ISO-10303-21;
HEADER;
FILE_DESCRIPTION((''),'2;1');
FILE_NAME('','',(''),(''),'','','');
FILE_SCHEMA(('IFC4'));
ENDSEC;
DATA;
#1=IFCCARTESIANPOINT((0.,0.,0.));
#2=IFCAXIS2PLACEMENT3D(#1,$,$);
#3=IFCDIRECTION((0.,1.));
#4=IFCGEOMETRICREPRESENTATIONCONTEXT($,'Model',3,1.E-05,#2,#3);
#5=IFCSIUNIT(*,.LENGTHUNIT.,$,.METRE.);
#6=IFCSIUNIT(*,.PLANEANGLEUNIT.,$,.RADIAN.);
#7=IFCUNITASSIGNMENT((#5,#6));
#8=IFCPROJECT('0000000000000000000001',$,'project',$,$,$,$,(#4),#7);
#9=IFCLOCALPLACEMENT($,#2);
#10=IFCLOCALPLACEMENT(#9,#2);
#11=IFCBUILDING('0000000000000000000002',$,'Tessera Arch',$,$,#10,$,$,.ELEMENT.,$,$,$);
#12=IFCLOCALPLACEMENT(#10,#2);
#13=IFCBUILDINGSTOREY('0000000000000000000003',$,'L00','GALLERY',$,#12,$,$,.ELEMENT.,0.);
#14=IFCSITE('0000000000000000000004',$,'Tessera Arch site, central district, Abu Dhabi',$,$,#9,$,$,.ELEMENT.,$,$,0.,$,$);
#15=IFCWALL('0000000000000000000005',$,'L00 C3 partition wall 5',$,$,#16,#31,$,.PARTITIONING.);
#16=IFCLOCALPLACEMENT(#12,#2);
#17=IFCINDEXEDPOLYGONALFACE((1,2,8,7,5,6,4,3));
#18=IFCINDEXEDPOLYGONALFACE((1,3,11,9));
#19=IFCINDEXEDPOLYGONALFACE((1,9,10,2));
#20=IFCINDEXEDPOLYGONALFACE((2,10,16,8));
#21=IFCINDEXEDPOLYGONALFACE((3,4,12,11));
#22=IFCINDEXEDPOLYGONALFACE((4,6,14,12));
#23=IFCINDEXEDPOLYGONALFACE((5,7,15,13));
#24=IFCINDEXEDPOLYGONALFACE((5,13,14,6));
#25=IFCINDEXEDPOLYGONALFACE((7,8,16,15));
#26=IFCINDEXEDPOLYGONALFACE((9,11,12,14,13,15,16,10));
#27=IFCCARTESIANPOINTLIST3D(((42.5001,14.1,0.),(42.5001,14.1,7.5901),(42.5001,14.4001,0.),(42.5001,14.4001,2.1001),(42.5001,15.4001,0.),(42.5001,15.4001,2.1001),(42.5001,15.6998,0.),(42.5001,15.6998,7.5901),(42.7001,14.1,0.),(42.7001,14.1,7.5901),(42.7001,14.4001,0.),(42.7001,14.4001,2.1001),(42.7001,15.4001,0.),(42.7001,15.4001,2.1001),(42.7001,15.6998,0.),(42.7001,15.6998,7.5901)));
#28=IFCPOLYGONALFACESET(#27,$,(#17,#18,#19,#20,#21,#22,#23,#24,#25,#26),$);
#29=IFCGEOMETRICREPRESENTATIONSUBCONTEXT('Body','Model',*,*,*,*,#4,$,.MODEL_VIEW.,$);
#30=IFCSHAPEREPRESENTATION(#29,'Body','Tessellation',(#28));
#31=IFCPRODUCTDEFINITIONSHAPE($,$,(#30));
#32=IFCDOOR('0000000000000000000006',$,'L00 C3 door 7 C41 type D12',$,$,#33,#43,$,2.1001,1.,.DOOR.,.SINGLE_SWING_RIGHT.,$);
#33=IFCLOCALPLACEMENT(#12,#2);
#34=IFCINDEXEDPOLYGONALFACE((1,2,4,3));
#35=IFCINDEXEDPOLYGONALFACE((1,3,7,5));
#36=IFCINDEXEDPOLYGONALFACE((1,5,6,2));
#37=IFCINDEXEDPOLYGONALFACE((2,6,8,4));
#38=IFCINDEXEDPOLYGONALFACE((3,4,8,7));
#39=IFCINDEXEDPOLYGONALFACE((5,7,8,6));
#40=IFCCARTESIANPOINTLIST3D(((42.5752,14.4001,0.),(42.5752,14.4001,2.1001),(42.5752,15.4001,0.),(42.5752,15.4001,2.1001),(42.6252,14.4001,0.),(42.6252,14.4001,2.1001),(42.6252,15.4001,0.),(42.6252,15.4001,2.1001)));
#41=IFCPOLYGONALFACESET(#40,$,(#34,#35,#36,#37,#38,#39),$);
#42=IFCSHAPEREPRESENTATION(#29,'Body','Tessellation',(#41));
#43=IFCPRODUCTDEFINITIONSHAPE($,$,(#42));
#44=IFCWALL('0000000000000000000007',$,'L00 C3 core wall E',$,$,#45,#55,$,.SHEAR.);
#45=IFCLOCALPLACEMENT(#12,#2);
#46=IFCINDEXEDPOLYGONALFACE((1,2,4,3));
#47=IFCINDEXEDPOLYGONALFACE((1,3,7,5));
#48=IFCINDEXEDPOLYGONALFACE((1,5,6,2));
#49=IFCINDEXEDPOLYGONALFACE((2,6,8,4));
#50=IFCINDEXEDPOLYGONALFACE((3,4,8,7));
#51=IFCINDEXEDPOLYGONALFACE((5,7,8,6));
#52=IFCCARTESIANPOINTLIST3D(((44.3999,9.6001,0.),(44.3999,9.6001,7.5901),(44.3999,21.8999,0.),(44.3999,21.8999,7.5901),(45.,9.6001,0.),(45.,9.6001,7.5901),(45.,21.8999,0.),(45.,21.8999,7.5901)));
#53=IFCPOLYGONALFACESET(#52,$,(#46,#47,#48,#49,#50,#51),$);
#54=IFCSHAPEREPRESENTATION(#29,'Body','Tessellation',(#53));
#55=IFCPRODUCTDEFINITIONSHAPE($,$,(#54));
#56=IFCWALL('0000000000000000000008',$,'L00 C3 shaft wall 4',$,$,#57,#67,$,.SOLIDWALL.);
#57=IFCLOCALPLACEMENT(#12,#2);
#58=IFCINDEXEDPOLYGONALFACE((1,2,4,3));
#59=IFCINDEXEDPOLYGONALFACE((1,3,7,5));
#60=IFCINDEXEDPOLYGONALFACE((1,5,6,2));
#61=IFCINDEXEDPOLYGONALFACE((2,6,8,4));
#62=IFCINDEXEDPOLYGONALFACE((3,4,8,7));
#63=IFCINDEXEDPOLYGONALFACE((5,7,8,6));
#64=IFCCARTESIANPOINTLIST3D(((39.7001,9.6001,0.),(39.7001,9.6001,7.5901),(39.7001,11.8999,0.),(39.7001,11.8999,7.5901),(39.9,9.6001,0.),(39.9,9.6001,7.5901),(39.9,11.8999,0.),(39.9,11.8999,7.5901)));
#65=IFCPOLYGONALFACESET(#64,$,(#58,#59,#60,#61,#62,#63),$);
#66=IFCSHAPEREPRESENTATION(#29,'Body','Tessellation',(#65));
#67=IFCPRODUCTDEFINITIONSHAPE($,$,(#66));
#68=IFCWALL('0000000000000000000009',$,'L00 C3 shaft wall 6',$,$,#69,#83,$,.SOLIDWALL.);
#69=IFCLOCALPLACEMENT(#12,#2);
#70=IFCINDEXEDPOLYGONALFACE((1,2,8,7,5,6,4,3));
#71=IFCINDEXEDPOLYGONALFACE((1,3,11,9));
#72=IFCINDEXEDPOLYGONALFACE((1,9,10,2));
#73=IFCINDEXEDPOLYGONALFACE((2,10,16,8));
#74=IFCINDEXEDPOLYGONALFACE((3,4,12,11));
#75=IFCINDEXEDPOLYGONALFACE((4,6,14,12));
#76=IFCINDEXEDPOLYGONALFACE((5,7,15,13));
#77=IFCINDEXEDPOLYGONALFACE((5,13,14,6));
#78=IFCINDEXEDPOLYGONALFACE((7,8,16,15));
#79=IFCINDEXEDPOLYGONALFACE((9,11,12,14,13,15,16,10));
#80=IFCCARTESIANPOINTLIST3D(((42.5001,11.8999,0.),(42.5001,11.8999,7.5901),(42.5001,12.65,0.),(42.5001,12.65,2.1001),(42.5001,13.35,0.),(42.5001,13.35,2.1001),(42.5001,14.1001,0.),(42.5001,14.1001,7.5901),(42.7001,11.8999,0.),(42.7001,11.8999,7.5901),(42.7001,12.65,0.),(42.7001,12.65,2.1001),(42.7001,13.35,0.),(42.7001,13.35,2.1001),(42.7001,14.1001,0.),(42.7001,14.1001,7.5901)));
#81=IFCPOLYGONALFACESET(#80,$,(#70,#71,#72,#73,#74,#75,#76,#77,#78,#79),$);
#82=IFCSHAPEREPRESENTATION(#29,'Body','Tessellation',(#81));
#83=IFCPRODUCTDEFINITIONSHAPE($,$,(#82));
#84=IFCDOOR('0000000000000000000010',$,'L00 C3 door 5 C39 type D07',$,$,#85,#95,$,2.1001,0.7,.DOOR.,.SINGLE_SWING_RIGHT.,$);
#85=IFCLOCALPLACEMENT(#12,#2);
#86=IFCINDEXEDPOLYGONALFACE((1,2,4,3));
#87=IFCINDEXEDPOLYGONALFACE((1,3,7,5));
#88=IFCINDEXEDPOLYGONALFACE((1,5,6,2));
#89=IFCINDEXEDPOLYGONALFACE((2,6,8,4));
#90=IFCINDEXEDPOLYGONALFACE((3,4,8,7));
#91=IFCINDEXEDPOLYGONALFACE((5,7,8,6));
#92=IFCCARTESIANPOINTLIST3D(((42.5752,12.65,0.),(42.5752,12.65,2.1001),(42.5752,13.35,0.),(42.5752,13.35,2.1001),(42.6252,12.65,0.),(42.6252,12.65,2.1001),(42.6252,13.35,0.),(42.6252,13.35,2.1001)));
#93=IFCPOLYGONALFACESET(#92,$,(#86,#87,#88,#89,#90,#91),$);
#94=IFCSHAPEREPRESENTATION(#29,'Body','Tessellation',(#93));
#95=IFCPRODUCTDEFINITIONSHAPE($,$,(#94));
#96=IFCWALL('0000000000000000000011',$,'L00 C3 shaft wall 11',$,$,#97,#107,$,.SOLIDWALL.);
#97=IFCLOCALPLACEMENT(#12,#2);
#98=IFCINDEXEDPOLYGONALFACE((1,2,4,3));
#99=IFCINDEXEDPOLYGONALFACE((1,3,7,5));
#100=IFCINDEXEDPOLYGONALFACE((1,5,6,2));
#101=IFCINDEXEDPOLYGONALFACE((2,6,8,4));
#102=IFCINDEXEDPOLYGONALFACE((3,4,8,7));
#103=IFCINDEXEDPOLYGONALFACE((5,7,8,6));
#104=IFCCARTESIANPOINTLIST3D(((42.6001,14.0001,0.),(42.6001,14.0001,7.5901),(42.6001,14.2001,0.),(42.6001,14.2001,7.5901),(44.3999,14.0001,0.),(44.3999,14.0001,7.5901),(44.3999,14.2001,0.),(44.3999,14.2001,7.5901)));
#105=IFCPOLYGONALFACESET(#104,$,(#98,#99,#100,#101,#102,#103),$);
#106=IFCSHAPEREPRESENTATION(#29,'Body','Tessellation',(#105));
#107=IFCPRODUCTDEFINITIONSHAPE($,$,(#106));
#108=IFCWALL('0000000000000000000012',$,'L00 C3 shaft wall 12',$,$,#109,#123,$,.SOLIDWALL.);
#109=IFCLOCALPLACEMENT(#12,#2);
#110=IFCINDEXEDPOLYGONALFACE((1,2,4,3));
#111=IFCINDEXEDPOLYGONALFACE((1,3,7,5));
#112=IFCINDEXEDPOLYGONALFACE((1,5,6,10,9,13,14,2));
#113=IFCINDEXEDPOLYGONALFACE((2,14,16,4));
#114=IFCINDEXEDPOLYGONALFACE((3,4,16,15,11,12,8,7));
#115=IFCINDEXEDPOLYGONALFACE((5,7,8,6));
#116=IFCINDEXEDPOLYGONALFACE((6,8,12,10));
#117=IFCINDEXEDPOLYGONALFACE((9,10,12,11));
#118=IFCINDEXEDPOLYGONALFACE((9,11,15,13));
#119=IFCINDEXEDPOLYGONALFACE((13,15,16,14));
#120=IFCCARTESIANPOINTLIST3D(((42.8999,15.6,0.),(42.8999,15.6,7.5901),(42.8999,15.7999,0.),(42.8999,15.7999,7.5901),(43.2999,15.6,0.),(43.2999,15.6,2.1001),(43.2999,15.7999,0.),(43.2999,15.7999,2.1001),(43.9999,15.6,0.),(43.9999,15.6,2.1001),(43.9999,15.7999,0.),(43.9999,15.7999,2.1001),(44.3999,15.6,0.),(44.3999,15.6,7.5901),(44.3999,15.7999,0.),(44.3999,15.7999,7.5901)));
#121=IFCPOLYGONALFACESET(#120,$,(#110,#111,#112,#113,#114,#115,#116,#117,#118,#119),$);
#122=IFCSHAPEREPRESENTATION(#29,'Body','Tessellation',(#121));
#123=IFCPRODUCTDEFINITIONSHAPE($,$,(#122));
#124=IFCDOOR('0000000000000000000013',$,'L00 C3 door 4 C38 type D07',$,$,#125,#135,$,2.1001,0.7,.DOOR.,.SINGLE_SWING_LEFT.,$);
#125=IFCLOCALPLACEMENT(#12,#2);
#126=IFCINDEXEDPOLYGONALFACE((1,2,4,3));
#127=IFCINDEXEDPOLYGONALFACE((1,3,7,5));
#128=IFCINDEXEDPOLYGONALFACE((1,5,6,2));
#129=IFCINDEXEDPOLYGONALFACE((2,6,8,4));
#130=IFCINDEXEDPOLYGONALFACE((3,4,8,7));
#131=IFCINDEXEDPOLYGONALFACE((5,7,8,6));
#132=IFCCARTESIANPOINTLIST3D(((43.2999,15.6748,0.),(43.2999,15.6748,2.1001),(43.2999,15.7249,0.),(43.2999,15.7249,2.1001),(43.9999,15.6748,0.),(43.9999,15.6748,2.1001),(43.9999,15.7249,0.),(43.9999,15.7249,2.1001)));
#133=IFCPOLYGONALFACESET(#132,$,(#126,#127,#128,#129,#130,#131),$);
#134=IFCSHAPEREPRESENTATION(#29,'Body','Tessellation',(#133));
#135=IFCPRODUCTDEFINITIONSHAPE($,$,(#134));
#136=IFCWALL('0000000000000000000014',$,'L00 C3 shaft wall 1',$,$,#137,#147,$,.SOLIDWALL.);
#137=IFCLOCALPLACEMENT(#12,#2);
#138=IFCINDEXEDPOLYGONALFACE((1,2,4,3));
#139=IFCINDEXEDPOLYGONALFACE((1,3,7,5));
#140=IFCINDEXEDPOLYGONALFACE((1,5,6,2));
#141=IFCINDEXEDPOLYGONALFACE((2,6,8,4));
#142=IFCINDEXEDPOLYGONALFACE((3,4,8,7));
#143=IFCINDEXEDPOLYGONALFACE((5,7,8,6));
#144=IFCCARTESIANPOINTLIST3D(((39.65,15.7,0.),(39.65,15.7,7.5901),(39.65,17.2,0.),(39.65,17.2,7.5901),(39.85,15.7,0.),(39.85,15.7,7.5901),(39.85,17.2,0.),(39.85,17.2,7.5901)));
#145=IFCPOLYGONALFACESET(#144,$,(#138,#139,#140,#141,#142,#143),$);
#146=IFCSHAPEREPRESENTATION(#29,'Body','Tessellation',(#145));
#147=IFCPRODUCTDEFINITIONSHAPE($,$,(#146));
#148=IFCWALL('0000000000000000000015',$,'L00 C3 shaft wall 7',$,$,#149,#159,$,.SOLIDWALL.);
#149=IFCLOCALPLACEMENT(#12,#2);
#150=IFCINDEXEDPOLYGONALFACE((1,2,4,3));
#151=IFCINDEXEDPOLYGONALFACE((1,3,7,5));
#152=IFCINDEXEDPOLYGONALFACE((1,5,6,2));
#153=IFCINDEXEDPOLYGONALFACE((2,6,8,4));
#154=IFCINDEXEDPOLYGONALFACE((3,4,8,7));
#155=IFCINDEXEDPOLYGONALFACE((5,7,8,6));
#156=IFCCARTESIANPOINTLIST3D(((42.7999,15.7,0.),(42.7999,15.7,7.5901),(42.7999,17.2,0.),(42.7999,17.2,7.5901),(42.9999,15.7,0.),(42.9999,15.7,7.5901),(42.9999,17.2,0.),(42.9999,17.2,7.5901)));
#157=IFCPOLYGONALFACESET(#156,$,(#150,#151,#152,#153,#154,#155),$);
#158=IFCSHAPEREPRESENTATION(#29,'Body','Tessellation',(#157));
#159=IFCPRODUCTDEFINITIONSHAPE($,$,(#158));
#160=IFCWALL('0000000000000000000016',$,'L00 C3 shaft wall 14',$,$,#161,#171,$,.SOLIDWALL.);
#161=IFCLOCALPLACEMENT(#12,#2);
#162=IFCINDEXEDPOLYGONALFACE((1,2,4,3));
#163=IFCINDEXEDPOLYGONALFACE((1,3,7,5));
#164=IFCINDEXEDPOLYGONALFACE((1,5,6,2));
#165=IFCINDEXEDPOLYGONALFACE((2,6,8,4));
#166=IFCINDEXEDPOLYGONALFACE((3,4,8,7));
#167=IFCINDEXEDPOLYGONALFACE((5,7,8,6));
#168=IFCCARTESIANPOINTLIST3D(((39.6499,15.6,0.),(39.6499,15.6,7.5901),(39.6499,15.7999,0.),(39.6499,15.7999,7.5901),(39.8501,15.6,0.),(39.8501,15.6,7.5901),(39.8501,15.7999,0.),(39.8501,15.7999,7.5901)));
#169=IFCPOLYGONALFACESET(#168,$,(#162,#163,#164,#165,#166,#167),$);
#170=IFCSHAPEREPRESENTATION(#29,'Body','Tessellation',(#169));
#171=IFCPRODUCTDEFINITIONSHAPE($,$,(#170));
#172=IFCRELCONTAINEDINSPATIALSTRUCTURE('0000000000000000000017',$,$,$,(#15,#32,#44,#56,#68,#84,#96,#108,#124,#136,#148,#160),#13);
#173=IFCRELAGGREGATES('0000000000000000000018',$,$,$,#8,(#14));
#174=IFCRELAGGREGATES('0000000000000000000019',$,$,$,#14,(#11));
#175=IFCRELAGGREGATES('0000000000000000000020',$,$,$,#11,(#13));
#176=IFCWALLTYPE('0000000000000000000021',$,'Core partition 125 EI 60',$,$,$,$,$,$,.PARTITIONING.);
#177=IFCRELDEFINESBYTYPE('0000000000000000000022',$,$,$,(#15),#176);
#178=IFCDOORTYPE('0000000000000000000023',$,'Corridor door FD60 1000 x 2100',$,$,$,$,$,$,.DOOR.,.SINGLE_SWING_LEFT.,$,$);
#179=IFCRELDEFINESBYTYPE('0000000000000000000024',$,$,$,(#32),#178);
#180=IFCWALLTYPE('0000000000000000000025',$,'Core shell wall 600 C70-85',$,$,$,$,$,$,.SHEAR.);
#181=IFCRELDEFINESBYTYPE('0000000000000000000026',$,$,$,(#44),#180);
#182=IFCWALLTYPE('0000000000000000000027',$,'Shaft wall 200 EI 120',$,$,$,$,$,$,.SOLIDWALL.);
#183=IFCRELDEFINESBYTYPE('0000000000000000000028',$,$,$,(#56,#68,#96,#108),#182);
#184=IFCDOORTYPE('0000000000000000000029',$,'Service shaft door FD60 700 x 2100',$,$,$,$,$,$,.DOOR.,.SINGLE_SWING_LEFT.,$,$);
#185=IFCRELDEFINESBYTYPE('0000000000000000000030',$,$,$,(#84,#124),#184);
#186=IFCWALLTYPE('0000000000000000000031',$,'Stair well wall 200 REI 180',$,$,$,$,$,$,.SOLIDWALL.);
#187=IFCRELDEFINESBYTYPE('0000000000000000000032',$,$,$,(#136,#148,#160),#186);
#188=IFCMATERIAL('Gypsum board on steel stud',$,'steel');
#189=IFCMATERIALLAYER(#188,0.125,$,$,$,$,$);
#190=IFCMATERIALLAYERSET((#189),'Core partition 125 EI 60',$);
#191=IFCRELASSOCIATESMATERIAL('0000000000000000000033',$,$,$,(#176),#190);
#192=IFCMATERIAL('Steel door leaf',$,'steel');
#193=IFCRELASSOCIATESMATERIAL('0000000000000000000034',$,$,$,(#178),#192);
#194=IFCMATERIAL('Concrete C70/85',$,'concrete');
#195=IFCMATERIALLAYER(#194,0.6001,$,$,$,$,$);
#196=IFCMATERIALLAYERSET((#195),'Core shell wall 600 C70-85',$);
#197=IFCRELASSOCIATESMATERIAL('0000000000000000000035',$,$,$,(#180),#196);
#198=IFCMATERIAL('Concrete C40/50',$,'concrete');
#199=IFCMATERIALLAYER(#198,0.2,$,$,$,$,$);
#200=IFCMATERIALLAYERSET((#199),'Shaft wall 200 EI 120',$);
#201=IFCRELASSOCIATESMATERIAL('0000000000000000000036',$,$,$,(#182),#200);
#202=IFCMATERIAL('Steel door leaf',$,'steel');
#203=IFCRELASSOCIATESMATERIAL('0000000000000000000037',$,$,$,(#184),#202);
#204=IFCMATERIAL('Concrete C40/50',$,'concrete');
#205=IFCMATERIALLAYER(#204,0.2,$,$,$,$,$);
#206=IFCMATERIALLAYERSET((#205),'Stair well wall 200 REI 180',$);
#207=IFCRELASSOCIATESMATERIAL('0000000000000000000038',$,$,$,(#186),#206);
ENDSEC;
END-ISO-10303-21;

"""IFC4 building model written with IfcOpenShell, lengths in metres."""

from ifc_helpers import new_model, si_unit, direction, frame, frame_2d, origin, place, context, subcontext, project, spatial, rectangle, extrude, material, layer, layer_set, type_object, element, fill, save


model = new_model("IFC4")

# Units and contexts
model_context = context("Model", 3, precision=1e-05, world=origin(), true_north=direction((0.0, 1.0)))
body_context = subcontext(model_context, "Body", "Model", "MODEL_VIEW")
ifc_project = project(units=[si_unit("LENGTHUNIT", "METRE"), si_unit("PLANEANGLEUNIT", "RADIAN")], contexts=[model_context])

# Site, building, storey
site_placement = place(None, origin())
site = spatial("IfcSite", under=ifc_project, at=site_placement, Name="Tessera Arch site, central district, Abu Dhabi", CompositionType="ELEMENT", RefElevation=0.0)
building_placement = place(site_placement, origin())
building = spatial("IfcBuilding", under=site, at=building_placement, Name="Tessera Arch", CompositionType="ELEMENT")
storey_placement = place(building_placement, origin())
storey = spatial("IfcBuildingStorey", under=building, at=storey_placement, Name="L00", Description="GALLERY", CompositionType="ELEMENT", Elevation=0.0)

# Wall, opening, door
ifc_material_1 = material(Name="Gypsum board on steel stud", Category="steel")
ifc_layer_1 = layer(ifc_material_1, 0.125)
ifc_layer_set_1 = layer_set([ifc_layer_1], Name="Core partition 125 EI 60")
wall_type_1 = type_object("IfcWallType", Name="Core partition 125 EI 60", PredefinedType="PARTITIONING", material=ifc_layer_set_1)
wall_1_placement = place(storey_placement, frame((42.6001, 14.1001, 0.0), z_axis=(0.0, 0.0, 1.0), x_axis=(0.0, 1.0, 0.0)))
wall_1 = element("IfcWall", 1, at=wall_1_placement, inside=storey, type_object=wall_type_1, Name="L00 C3 partition wall 5", PredefinedType="PARTITIONING", context=body_context, shape_type="SweptSolid", body=[
    extrude(rectangle(XDim=1.5999, YDim=0.2, at=frame_2d((0.7998, 0.0))), origin(), (0.0, 0.0, 1.0), 7.5901),
])
opening_1_placement = place(wall_1_placement, frame((0.3, 0.0, 0.0)))
opening_1 = element("IfcOpeningElement", 2, at=opening_1_placement, cuts=wall_1, PredefinedType="OPENING", context=body_context, shape_type="SweptSolid", body=[
    extrude(rectangle(XDim=1.0, YDim=2.1001, at=frame_2d((0.5, 1.05))), frame((0.0, 0.1099, 0.0), z_axis=(0.0, -1.0, 0.0), x_axis=(1.0, 0.0, 0.0)), (0.0, 0.0, 1.0), 0.22),
])
ifc_material_2 = material(Name="Steel door leaf", Category="steel")
door_type_1 = type_object("IfcDoorType", Name="Corridor door FD60 1000 x 2100", OperationType="SINGLE_SWING_LEFT", PredefinedType="DOOR", material=ifc_material_2)
door_1_placement = place(opening_1_placement, origin())
door_1 = element("IfcDoor", 3, at=door_1_placement, inside=storey, type_object=door_type_1, Name="L00 C3 door 7 C41 type D12", OperationType="SINGLE_SWING_RIGHT", OverallHeight=2.1001, OverallWidth=1.0, PredefinedType="DOOR", context=body_context, shape_type="SweptSolid", body=[
    extrude(rectangle(XDim=1.0, YDim=2.1001, at=frame_2d((0.5, 1.05))), frame((0.0, 0.0249, 0.0), z_axis=(0.0, -1.0, 0.0), x_axis=(1.0, 0.0, 0.0)), (0.0, 0.0, 1.0), 0.05),
])
fill(opening_1, door_1)

# Wall
ifc_material_3 = material(Name="Concrete C70/85", Category="concrete")
ifc_layer_2 = layer(ifc_material_3, 0.6001)
ifc_layer_set_2 = layer_set([ifc_layer_2], Name="Core shell wall 600 C70-85")
wall_type_2 = type_object("IfcWallType", Name="Core shell wall 600 C70-85", PredefinedType="SHEAR", material=ifc_layer_set_2)
wall_2_placement = place(storey_placement, frame((44.7, 9.6001, 0.0), z_axis=(0.0, 0.0, 1.0), x_axis=(0.0, 1.0, 0.0)))
element("IfcWall", 4, at=wall_2_placement, inside=storey, type_object=wall_type_2, Name="L00 C3 core wall E", PredefinedType="SHEAR", context=body_context, shape_type="SweptSolid", body=[
    extrude(rectangle(XDim=12.2998, YDim=0.6001, at=frame_2d((6.1499, 0.0))), origin(), (0.0, 0.0, 1.0), 7.5901),
])

# Wall
ifc_material_4 = material(Name="Concrete C40/50", Category="concrete")
ifc_layer_3 = layer(ifc_material_4, 0.2)
ifc_layer_set_3 = layer_set([ifc_layer_3], Name="Shaft wall 200 EI 120")
wall_type_3 = type_object("IfcWallType", Name="Shaft wall 200 EI 120", PredefinedType="SOLIDWALL", material=ifc_layer_set_3)
wall_3_placement = place(storey_placement, frame((39.8, 9.6001, 0.0), z_axis=(0.0, 0.0, 1.0), x_axis=(0.0, 1.0, 0.0)))
element("IfcWall", 5, at=wall_3_placement, inside=storey, type_object=wall_type_3, Name="L00 C3 shaft wall 4", PredefinedType="SOLIDWALL", context=body_context, shape_type="SweptSolid", body=[
    extrude(rectangle(XDim=2.2998, YDim=0.2, at=frame_2d((1.1499, 0.0))), origin(), (0.0, 0.0, 1.0), 7.5901),
])

# Wall, opening, door
wall_4_placement = place(storey_placement, frame((42.6001, 11.8999, 0.0), z_axis=(0.0, 0.0, 1.0), x_axis=(0.0, 1.0, 0.0)))
wall_4 = element("IfcWall", 6, at=wall_4_placement, inside=storey, type_object=wall_type_3, Name="L00 C3 shaft wall 6", PredefinedType="SOLIDWALL", context=body_context, shape_type="SweptSolid", body=[
    extrude(rectangle(XDim=2.2002, YDim=0.2, at=frame_2d((1.1001, 0.0))), origin(), (0.0, 0.0, 1.0), 7.5901),
])
opening_2_placement = place(wall_4_placement, frame((0.75, 0.0, 0.0)))
opening_2 = element("IfcOpeningElement", 7, at=opening_2_placement, cuts=wall_4, PredefinedType="OPENING", context=body_context, shape_type="SweptSolid", body=[
    extrude(rectangle(XDim=0.7, YDim=2.1001, at=frame_2d((0.3501, 1.05))), frame((0.0, 0.1099, 0.0), z_axis=(0.0, -1.0, 0.0), x_axis=(1.0, 0.0, 0.0)), (0.0, 0.0, 1.0), 0.22),
])
ifc_material_5 = material(Name="Steel door leaf", Category="steel")
door_type_2 = type_object("IfcDoorType", Name="Service shaft door FD60 700 x 2100", OperationType="SINGLE_SWING_LEFT", PredefinedType="DOOR", material=ifc_material_5)
door_2_placement = place(opening_2_placement, origin())
door_2 = element("IfcDoor", 8, at=door_2_placement, inside=storey, type_object=door_type_2, Name="L00 C3 door 5 C39 type D07", OperationType="SINGLE_SWING_RIGHT", OverallHeight=2.1001, OverallWidth=0.7, PredefinedType="DOOR", context=body_context, shape_type="SweptSolid", body=[
    extrude(rectangle(XDim=0.7, YDim=2.1001, at=frame_2d((0.3501, 1.05))), frame((0.0, 0.0249, 0.0), z_axis=(0.0, -1.0, 0.0), x_axis=(1.0, 0.0, 0.0)), (0.0, 0.0, 1.0), 0.05),
])
fill(opening_2, door_2)

# Wall
wall_5_placement = place(storey_placement, frame((42.6001, 14.1001, 0.0), z_axis=(0.0, 0.0, 1.0), x_axis=(1.0, 0.0, 0.0)))
element("IfcWall", 9, at=wall_5_placement, inside=storey, type_object=wall_type_3, Name="L00 C3 shaft wall 11", PredefinedType="SOLIDWALL", context=body_context, shape_type="SweptSolid", body=[
    extrude(rectangle(XDim=1.7998, YDim=0.2, at=frame_2d((0.8999, 0.0))), origin(), (0.0, 0.0, 1.0), 7.5901),
])

# Wall, opening, door
wall_6_placement = place(storey_placement, frame((42.8999, 15.7, 0.0), z_axis=(0.0, 0.0, 1.0), x_axis=(1.0, 0.0, 0.0)))
wall_6 = element("IfcWall", 10, at=wall_6_placement, inside=storey, type_object=wall_type_3, Name="L00 C3 shaft wall 12", PredefinedType="SOLIDWALL", context=body_context, shape_type="SweptSolid", body=[
    extrude(rectangle(XDim=1.5, YDim=0.2, at=frame_2d((0.75, 0.0))), origin(), (0.0, 0.0, 1.0), 7.5901),
])
opening_3_placement = place(wall_6_placement, frame((0.3999, 0.0, 0.0)))
opening_3 = element("IfcOpeningElement", 11, at=opening_3_placement, cuts=wall_6, PredefinedType="OPENING", context=body_context, shape_type="SweptSolid", body=[
    extrude(rectangle(XDim=0.7, YDim=2.1001, at=frame_2d((0.3501, 1.05))), frame((0.0, 0.1099, 0.0), z_axis=(0.0, -1.0, 0.0), x_axis=(1.0, 0.0, 0.0)), (0.0, 0.0, 1.0), 0.22),
])
door_3_placement = place(opening_3_placement, origin())
door_3 = element("IfcDoor", 12, at=door_3_placement, inside=storey, type_object=door_type_2, Name="L00 C3 door 4 C38 type D07", OperationType="SINGLE_SWING_LEFT", OverallHeight=2.1001, OverallWidth=0.7, PredefinedType="DOOR", context=body_context, shape_type="SweptSolid", body=[
    extrude(rectangle(XDim=0.7, YDim=2.1001, at=frame_2d((0.3501, 1.05))), frame((0.0, 0.0249, 0.0), z_axis=(0.0, -1.0, 0.0), x_axis=(1.0, 0.0, 0.0)), (0.0, 0.0, 1.0), 0.05),
])
fill(opening_3, door_3)

# Walls
ifc_material_6 = material(Name="Concrete C40/50", Category="concrete")
ifc_layer_4 = layer(ifc_material_6, 0.2)
ifc_layer_set_4 = layer_set([ifc_layer_4], Name="Stair well wall 200 REI 180")
wall_type_4 = type_object("IfcWallType", Name="Stair well wall 200 REI 180", PredefinedType="SOLIDWALL", material=ifc_layer_set_4)
for number, where, z_axis, x_axis, name in (
    (13, (39.75, 15.7, 0.0), (0.0, 0.0, 1.0), (0.0, 1.0, 0.0), "L00 C3 shaft wall 1"),
    (14, (42.8999, 15.7, 0.0), (0.0, 0.0, 1.0), (0.0, 1.0, 0.0), "L00 C3 shaft wall 7"),
):
    element("IfcWall", number, at=place(storey_placement, frame(where, z_axis=z_axis, x_axis=x_axis)), inside=storey, type_object=wall_type_4, Name=name, PredefinedType="SOLIDWALL", context=body_context, shape_type="SweptSolid", body=[
        extrude(rectangle(XDim=1.5, YDim=0.2, at=frame_2d((0.75, 0.0))), origin(), (0.0, 0.0, 1.0), 7.5901),
    ])
wall_7_placement = place(storey_placement, frame((39.6499, 15.7, 0.0), z_axis=(0.0, 0.0, 1.0), x_axis=(1.0, 0.0, 0.0)))
element("IfcWall", 15, at=wall_7_placement, inside=storey, type_object=wall_type_4, Name="L00 C3 shaft wall 14", PredefinedType="SOLIDWALL", context=body_context, shape_type="SweptSolid", body=[
    extrude(rectangle(XDim=0.2002, YDim=0.2, at=frame_2d((0.1001, 0.0))), origin(), (0.0, 0.0, 1.0), 7.5901),
])

save(model, "model.ifc")
